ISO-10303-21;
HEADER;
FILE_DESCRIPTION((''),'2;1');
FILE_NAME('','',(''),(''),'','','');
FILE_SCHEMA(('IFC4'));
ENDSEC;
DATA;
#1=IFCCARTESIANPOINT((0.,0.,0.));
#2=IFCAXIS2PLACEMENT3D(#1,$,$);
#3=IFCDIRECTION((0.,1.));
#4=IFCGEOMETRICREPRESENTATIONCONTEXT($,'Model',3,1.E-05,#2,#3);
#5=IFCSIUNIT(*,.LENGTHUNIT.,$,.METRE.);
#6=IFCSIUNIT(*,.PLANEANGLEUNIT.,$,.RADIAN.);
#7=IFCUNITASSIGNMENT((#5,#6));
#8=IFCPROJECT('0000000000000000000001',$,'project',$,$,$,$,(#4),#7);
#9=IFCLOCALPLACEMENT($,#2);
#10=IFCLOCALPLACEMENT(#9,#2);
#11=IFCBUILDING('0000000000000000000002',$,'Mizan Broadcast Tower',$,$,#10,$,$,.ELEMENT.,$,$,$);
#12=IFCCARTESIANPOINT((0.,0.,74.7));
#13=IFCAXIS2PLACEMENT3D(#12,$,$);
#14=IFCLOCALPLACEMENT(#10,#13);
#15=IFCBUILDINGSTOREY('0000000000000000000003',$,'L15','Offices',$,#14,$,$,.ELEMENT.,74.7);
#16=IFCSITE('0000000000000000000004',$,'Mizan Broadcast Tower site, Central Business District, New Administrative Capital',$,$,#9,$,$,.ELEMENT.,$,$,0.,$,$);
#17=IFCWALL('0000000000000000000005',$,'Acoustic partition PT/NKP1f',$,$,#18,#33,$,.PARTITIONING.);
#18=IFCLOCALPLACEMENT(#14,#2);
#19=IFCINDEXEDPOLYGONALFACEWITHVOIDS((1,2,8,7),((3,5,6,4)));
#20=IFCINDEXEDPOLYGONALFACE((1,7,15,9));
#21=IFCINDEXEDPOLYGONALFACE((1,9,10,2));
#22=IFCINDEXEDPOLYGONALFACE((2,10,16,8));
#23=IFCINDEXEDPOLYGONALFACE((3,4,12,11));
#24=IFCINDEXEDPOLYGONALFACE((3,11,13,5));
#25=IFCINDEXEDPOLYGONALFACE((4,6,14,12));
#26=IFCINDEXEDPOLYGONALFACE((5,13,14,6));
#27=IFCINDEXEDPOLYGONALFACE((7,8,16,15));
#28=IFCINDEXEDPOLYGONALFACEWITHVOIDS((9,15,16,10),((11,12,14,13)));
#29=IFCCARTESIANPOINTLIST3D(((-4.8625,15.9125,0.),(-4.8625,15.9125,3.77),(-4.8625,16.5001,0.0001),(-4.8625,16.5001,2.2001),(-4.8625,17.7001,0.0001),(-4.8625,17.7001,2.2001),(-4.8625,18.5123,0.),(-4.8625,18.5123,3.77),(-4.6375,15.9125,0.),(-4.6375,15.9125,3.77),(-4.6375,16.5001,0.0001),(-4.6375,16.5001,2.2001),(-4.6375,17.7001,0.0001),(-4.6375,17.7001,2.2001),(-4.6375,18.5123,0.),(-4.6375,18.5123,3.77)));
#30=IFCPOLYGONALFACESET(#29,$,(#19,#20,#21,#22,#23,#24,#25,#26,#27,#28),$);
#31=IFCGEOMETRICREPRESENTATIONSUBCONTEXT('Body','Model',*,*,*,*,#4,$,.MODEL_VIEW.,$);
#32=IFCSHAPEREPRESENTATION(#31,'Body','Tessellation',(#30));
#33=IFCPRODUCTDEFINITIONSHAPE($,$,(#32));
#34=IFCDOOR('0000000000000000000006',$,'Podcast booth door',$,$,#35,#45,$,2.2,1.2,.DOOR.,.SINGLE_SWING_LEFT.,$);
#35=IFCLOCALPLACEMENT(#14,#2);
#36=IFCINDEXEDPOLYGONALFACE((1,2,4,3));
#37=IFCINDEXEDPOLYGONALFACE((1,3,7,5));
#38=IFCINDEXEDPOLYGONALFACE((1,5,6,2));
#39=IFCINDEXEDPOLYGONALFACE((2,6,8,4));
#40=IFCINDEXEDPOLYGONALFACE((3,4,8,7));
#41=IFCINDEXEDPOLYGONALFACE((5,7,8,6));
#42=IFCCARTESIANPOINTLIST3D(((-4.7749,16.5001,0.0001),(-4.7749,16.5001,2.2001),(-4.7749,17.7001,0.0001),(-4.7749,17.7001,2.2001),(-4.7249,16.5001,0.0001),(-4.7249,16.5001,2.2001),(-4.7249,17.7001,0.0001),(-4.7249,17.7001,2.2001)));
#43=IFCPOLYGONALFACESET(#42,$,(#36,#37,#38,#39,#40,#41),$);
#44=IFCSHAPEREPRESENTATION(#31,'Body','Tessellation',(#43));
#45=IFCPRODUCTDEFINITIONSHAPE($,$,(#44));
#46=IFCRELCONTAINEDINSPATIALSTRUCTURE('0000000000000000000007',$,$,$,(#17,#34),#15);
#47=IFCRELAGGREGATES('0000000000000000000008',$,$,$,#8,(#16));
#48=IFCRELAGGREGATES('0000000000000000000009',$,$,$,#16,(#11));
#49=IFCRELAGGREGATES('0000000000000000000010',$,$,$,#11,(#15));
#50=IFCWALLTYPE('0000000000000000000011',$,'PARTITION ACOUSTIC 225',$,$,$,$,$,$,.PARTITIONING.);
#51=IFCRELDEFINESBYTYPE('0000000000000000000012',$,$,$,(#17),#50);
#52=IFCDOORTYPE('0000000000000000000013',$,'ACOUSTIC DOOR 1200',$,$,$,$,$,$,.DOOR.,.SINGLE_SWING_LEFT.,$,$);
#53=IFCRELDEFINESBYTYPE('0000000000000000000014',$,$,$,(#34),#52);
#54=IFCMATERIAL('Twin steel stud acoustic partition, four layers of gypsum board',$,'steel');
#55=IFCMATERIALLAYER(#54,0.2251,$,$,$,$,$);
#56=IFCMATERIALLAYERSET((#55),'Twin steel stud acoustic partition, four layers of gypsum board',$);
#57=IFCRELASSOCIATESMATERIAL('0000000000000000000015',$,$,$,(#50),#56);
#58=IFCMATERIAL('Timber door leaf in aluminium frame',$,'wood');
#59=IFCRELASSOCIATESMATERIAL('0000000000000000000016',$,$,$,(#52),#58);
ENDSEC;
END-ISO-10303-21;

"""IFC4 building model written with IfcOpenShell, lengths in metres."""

from ifc_helpers import new_model, si_unit, direction, frame, frame_2d, origin, place, context, subcontext, project, spatial, rectangle, extrude, material, layer, layer_set, type_object, element, fill, save


model = new_model("IFC4")

# Units and contexts
model_context = context("Model", 3, precision=1e-05, world=origin(), true_north=direction((0.0, 1.0)))
body_context = subcontext(model_context, "Body", "Model", "MODEL_VIEW")
ifc_project = project(units=[si_unit("LENGTHUNIT", "METRE"), si_unit("PLANEANGLEUNIT", "RADIAN")], contexts=[model_context])

# Site, building, storey
site_placement = place(None, origin())
site = spatial("IfcSite", under=ifc_project, at=site_placement, Name="Mizan Broadcast Tower site, Central Business District, New Administrative Capital", CompositionType="ELEMENT", RefElevation=0.0)
building_placement = place(site_placement, origin())
building = spatial("IfcBuilding", under=site, at=building_placement, Name="Mizan Broadcast Tower", CompositionType="ELEMENT")
storey_placement = place(building_placement, frame((0.0, 0.0, 74.7)))
storey = spatial("IfcBuildingStorey", under=building, at=storey_placement, Name="L15", Description="Offices", CompositionType="ELEMENT", Elevation=74.7)

# Shared definitions
ifc_material_1 = material(Name="Twin steel stud acoustic partition, four layers of gypsum board", Category="steel")
ifc_layer_1 = layer(ifc_material_1, 0.2251)
ifc_layer_set_1 = layer_set([ifc_layer_1], Name="Twin steel stud acoustic partition, four layers of gypsum board")
wall_type_1 = type_object("IfcWallType", Name="PARTITION ACOUSTIC 225", PredefinedType="PARTITIONING", material=ifc_layer_set_1)

# Shared definitions
ifc_material_2 = material(Name="Timber door leaf in aluminium frame", Category="wood")
door_type_1 = type_object("IfcDoorType", Name="ACOUSTIC DOOR 1200", OperationType="SINGLE_SWING_LEFT", PredefinedType="DOOR", material=ifc_material_2)

# Wall, opening, door
wall_1_placement = place(storey_placement, frame((-4.75, 15.9126, 0.0), z_axis=(0.0, 0.0, 1.0), x_axis=(0.0, 1.0, 0.0)))
wall_1 = element("IfcWall", 1, at=wall_1_placement, inside=storey, type_object=wall_type_1, Name="Acoustic partition PT/NKP1f", PredefinedType="PARTITIONING", context=body_context, shape_type="SweptSolid", body=[
    extrude(rectangle(XDim=2.5999, YDim=0.2251, at=frame_2d((1.2998, 0.0))), origin(), (0.0, 0.0, 1.0), 3.77),
])
opening_1_placement = place(wall_1_placement, frame((0.5874, 0.0, 0.0)))
opening_1 = element("IfcOpeningElement", 2, at=opening_1_placement, cuts=wall_1, PredefinedType="OPENING", context=body_context, shape_type="SweptSolid", body=[
    extrude(rectangle(XDim=1.2, YDim=2.2, at=frame_2d((0.6001, 1.1001))), frame((0.0, 0.1226, 0.0), z_axis=(0.0, -1.0, 0.0), x_axis=(1.0, 0.0, 0.0)), (0.0, 0.0, 1.0), 0.2451),
])
door_1_placement = place(opening_1_placement, origin())
door_1 = element("IfcDoor", 3, at=door_1_placement, inside=storey, type_object=door_type_1, Name="Podcast booth door", OperationType="SINGLE_SWING_LEFT", OverallHeight=2.2, OverallWidth=1.2, PredefinedType="DOOR", context=body_context, shape_type="SweptSolid", body=[
    extrude(rectangle(XDim=1.2, YDim=2.2, at=frame_2d((0.6001, 1.1001))), frame((0.0, 0.0249, 0.0), z_axis=(0.0, -1.0, 0.0), x_axis=(1.0, 0.0, 0.0)), (0.0, 0.0, 1.0), 0.05),
])
fill(opening_1, door_1)

save(model, "model.ifc")
